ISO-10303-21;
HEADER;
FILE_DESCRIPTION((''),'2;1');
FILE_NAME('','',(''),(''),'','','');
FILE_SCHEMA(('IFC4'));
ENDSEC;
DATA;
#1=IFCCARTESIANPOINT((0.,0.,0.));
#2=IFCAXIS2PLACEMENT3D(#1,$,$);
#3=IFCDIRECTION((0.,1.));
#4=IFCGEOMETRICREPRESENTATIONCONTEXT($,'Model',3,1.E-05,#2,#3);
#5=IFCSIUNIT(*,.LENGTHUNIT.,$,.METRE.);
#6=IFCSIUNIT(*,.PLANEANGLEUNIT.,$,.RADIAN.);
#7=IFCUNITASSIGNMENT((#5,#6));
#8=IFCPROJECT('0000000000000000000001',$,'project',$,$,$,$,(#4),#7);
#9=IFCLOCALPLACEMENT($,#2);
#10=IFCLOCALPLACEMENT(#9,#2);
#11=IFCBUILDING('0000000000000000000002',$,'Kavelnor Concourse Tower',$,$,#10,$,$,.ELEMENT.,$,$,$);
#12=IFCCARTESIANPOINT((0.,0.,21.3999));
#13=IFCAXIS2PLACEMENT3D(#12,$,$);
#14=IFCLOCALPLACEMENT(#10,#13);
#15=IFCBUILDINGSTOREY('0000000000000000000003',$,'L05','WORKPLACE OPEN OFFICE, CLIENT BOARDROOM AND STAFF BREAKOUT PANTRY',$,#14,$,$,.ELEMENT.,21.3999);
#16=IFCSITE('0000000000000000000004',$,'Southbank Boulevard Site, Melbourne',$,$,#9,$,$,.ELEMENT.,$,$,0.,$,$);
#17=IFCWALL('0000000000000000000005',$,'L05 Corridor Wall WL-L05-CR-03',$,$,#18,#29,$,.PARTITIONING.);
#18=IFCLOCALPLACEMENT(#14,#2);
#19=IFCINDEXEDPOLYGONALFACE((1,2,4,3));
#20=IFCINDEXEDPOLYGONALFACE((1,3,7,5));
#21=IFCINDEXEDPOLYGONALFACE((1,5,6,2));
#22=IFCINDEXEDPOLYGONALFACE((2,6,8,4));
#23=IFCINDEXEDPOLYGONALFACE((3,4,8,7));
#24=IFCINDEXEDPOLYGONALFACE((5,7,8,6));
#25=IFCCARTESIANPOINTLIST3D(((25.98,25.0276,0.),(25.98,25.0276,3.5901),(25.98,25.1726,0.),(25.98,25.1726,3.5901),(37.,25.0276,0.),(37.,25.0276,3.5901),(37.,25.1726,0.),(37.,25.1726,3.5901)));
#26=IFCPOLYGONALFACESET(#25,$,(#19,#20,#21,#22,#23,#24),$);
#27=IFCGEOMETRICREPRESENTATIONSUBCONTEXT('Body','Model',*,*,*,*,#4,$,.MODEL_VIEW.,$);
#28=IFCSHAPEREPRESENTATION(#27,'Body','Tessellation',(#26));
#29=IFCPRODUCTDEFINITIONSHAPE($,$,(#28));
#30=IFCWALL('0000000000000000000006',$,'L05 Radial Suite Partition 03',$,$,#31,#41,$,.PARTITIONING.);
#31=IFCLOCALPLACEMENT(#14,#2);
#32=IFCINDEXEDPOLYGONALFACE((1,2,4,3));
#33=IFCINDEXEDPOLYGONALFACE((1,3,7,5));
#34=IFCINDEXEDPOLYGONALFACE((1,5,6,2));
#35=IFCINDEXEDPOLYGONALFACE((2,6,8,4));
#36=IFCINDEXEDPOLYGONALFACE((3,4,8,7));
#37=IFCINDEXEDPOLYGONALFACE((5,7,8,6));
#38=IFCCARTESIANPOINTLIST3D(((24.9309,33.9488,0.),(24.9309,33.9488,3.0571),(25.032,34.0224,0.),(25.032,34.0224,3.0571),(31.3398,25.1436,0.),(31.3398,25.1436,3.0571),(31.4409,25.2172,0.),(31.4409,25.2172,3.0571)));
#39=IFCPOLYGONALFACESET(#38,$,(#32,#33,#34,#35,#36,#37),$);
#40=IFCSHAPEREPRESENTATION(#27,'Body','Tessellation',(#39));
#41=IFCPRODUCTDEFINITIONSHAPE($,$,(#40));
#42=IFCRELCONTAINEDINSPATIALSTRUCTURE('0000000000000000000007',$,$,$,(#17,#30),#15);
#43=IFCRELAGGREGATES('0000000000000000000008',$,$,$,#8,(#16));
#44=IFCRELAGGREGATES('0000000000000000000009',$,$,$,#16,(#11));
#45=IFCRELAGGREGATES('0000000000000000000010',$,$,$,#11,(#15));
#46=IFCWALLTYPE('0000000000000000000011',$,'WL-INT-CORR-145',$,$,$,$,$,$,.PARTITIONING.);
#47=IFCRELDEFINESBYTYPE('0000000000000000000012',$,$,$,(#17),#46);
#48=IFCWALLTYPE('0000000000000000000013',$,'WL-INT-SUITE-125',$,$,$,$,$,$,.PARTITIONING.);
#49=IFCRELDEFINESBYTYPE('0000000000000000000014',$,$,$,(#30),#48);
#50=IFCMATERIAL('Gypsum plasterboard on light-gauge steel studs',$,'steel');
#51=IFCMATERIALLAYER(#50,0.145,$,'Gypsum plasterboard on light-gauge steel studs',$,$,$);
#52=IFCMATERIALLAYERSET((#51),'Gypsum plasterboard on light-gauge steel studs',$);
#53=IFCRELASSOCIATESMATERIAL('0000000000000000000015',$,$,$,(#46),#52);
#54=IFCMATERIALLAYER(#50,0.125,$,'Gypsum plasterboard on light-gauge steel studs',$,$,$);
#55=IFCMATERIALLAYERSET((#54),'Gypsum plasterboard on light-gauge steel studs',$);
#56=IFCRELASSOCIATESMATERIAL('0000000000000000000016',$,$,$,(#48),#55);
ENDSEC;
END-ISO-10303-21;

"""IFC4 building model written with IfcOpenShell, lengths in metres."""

from ifc_helpers import new_model, si_unit, direction, frame, frame_2d, origin, place, context, subcontext, project, spatial, rectangle, extrude, material, layer, layer_set, type_object, element, save


model = new_model("IFC4")

# Units and contexts
model_context = context("Model", 3, precision=1e-05, world=origin(), true_north=direction((0.0, 1.0)))
body_context = subcontext(model_context, "Body", "Model", "MODEL_VIEW")
ifc_project = project(units=[si_unit("LENGTHUNIT", "METRE"), si_unit("PLANEANGLEUNIT", "RADIAN")], contexts=[model_context])

# Site, building, storey
site_placement = place(None, origin())
site = spatial("IfcSite", under=ifc_project, at=site_placement, Name="Southbank Boulevard Site, Melbourne", CompositionType="ELEMENT", RefElevation=0.0)
building_placement = place(site_placement, origin())
building = spatial("IfcBuilding", under=site, at=building_placement, Name="Kavelnor Concourse Tower", CompositionType="ELEMENT")
storey_placement = place(building_placement, frame((0.0, 0.0, 21.3999)))
storey = spatial("IfcBuildingStorey", under=building, at=storey_placement, Name="L05", Description="WORKPLACE OPEN OFFICE, CLIENT BOARDROOM AND STAFF BREAKOUT PANTRY", CompositionType="ELEMENT", Elevation=21.3999)

# Walls
ifc_material_1 = material(Name="Gypsum plasterboard on light-gauge steel studs", Category="steel")
ifc_layer_1 = layer(ifc_material_1, 0.145, Name="Gypsum plasterboard on light-gauge steel studs")
ifc_layer_set_1 = layer_set([ifc_layer_1], Name="Gypsum plasterboard on light-gauge steel studs")
wall_type_1 = type_object("IfcWallType", Name="WL-INT-CORR-145", PredefinedType="PARTITIONING", material=ifc_layer_set_1)
wall_1_placement = place(storey_placement, frame((25.98, 25.1001, 0.0), z_axis=(0.0, 0.0, 1.0), x_axis=(1.0, 0.0, 0.0)))
element("IfcWall", 1, at=wall_1_placement, inside=storey, type_object=wall_type_1, Name="L05 Corridor Wall WL-L05-CR-03", PredefinedType="PARTITIONING", context=body_context, shape_type="SweptSolid", body=[
    extrude(rectangle(XDim=11.02, YDim=0.145, at=frame_2d((5.51, 0.0))), origin(), (0.0, 0.0, 1.0), 3.5901),
])
ifc_layer_2 = layer(ifc_material_1, 0.125, Name="Gypsum plasterboard on light-gauge steel studs")
ifc_layer_set_2 = layer_set([ifc_layer_2], Name="Gypsum plasterboard on light-gauge steel studs")
wall_type_2 = type_object("IfcWallType", Name="WL-INT-SUITE-125", PredefinedType="PARTITIONING", material=ifc_layer_set_2)
wall_2_placement = place(storey_placement, frame((31.3904, 25.1804, 0.0), z_axis=(0.0, 0.0, 1.0), x_axis=(-0.588482, 0.80851, 0.0)))
element("IfcWall", 2, at=wall_2_placement, inside=storey, type_object=wall_type_2, Name="L05 Radial Suite Partition 03", PredefinedType="PARTITIONING", context=body_context, shape_type="SweptSolid", body=[
    extrude(rectangle(XDim=10.8906, YDim=0.125, at=frame_2d((5.4453, 0.0))), origin(), (0.0, 0.0, 1.0), 3.0571),
])

save(model, "model.ifc")
